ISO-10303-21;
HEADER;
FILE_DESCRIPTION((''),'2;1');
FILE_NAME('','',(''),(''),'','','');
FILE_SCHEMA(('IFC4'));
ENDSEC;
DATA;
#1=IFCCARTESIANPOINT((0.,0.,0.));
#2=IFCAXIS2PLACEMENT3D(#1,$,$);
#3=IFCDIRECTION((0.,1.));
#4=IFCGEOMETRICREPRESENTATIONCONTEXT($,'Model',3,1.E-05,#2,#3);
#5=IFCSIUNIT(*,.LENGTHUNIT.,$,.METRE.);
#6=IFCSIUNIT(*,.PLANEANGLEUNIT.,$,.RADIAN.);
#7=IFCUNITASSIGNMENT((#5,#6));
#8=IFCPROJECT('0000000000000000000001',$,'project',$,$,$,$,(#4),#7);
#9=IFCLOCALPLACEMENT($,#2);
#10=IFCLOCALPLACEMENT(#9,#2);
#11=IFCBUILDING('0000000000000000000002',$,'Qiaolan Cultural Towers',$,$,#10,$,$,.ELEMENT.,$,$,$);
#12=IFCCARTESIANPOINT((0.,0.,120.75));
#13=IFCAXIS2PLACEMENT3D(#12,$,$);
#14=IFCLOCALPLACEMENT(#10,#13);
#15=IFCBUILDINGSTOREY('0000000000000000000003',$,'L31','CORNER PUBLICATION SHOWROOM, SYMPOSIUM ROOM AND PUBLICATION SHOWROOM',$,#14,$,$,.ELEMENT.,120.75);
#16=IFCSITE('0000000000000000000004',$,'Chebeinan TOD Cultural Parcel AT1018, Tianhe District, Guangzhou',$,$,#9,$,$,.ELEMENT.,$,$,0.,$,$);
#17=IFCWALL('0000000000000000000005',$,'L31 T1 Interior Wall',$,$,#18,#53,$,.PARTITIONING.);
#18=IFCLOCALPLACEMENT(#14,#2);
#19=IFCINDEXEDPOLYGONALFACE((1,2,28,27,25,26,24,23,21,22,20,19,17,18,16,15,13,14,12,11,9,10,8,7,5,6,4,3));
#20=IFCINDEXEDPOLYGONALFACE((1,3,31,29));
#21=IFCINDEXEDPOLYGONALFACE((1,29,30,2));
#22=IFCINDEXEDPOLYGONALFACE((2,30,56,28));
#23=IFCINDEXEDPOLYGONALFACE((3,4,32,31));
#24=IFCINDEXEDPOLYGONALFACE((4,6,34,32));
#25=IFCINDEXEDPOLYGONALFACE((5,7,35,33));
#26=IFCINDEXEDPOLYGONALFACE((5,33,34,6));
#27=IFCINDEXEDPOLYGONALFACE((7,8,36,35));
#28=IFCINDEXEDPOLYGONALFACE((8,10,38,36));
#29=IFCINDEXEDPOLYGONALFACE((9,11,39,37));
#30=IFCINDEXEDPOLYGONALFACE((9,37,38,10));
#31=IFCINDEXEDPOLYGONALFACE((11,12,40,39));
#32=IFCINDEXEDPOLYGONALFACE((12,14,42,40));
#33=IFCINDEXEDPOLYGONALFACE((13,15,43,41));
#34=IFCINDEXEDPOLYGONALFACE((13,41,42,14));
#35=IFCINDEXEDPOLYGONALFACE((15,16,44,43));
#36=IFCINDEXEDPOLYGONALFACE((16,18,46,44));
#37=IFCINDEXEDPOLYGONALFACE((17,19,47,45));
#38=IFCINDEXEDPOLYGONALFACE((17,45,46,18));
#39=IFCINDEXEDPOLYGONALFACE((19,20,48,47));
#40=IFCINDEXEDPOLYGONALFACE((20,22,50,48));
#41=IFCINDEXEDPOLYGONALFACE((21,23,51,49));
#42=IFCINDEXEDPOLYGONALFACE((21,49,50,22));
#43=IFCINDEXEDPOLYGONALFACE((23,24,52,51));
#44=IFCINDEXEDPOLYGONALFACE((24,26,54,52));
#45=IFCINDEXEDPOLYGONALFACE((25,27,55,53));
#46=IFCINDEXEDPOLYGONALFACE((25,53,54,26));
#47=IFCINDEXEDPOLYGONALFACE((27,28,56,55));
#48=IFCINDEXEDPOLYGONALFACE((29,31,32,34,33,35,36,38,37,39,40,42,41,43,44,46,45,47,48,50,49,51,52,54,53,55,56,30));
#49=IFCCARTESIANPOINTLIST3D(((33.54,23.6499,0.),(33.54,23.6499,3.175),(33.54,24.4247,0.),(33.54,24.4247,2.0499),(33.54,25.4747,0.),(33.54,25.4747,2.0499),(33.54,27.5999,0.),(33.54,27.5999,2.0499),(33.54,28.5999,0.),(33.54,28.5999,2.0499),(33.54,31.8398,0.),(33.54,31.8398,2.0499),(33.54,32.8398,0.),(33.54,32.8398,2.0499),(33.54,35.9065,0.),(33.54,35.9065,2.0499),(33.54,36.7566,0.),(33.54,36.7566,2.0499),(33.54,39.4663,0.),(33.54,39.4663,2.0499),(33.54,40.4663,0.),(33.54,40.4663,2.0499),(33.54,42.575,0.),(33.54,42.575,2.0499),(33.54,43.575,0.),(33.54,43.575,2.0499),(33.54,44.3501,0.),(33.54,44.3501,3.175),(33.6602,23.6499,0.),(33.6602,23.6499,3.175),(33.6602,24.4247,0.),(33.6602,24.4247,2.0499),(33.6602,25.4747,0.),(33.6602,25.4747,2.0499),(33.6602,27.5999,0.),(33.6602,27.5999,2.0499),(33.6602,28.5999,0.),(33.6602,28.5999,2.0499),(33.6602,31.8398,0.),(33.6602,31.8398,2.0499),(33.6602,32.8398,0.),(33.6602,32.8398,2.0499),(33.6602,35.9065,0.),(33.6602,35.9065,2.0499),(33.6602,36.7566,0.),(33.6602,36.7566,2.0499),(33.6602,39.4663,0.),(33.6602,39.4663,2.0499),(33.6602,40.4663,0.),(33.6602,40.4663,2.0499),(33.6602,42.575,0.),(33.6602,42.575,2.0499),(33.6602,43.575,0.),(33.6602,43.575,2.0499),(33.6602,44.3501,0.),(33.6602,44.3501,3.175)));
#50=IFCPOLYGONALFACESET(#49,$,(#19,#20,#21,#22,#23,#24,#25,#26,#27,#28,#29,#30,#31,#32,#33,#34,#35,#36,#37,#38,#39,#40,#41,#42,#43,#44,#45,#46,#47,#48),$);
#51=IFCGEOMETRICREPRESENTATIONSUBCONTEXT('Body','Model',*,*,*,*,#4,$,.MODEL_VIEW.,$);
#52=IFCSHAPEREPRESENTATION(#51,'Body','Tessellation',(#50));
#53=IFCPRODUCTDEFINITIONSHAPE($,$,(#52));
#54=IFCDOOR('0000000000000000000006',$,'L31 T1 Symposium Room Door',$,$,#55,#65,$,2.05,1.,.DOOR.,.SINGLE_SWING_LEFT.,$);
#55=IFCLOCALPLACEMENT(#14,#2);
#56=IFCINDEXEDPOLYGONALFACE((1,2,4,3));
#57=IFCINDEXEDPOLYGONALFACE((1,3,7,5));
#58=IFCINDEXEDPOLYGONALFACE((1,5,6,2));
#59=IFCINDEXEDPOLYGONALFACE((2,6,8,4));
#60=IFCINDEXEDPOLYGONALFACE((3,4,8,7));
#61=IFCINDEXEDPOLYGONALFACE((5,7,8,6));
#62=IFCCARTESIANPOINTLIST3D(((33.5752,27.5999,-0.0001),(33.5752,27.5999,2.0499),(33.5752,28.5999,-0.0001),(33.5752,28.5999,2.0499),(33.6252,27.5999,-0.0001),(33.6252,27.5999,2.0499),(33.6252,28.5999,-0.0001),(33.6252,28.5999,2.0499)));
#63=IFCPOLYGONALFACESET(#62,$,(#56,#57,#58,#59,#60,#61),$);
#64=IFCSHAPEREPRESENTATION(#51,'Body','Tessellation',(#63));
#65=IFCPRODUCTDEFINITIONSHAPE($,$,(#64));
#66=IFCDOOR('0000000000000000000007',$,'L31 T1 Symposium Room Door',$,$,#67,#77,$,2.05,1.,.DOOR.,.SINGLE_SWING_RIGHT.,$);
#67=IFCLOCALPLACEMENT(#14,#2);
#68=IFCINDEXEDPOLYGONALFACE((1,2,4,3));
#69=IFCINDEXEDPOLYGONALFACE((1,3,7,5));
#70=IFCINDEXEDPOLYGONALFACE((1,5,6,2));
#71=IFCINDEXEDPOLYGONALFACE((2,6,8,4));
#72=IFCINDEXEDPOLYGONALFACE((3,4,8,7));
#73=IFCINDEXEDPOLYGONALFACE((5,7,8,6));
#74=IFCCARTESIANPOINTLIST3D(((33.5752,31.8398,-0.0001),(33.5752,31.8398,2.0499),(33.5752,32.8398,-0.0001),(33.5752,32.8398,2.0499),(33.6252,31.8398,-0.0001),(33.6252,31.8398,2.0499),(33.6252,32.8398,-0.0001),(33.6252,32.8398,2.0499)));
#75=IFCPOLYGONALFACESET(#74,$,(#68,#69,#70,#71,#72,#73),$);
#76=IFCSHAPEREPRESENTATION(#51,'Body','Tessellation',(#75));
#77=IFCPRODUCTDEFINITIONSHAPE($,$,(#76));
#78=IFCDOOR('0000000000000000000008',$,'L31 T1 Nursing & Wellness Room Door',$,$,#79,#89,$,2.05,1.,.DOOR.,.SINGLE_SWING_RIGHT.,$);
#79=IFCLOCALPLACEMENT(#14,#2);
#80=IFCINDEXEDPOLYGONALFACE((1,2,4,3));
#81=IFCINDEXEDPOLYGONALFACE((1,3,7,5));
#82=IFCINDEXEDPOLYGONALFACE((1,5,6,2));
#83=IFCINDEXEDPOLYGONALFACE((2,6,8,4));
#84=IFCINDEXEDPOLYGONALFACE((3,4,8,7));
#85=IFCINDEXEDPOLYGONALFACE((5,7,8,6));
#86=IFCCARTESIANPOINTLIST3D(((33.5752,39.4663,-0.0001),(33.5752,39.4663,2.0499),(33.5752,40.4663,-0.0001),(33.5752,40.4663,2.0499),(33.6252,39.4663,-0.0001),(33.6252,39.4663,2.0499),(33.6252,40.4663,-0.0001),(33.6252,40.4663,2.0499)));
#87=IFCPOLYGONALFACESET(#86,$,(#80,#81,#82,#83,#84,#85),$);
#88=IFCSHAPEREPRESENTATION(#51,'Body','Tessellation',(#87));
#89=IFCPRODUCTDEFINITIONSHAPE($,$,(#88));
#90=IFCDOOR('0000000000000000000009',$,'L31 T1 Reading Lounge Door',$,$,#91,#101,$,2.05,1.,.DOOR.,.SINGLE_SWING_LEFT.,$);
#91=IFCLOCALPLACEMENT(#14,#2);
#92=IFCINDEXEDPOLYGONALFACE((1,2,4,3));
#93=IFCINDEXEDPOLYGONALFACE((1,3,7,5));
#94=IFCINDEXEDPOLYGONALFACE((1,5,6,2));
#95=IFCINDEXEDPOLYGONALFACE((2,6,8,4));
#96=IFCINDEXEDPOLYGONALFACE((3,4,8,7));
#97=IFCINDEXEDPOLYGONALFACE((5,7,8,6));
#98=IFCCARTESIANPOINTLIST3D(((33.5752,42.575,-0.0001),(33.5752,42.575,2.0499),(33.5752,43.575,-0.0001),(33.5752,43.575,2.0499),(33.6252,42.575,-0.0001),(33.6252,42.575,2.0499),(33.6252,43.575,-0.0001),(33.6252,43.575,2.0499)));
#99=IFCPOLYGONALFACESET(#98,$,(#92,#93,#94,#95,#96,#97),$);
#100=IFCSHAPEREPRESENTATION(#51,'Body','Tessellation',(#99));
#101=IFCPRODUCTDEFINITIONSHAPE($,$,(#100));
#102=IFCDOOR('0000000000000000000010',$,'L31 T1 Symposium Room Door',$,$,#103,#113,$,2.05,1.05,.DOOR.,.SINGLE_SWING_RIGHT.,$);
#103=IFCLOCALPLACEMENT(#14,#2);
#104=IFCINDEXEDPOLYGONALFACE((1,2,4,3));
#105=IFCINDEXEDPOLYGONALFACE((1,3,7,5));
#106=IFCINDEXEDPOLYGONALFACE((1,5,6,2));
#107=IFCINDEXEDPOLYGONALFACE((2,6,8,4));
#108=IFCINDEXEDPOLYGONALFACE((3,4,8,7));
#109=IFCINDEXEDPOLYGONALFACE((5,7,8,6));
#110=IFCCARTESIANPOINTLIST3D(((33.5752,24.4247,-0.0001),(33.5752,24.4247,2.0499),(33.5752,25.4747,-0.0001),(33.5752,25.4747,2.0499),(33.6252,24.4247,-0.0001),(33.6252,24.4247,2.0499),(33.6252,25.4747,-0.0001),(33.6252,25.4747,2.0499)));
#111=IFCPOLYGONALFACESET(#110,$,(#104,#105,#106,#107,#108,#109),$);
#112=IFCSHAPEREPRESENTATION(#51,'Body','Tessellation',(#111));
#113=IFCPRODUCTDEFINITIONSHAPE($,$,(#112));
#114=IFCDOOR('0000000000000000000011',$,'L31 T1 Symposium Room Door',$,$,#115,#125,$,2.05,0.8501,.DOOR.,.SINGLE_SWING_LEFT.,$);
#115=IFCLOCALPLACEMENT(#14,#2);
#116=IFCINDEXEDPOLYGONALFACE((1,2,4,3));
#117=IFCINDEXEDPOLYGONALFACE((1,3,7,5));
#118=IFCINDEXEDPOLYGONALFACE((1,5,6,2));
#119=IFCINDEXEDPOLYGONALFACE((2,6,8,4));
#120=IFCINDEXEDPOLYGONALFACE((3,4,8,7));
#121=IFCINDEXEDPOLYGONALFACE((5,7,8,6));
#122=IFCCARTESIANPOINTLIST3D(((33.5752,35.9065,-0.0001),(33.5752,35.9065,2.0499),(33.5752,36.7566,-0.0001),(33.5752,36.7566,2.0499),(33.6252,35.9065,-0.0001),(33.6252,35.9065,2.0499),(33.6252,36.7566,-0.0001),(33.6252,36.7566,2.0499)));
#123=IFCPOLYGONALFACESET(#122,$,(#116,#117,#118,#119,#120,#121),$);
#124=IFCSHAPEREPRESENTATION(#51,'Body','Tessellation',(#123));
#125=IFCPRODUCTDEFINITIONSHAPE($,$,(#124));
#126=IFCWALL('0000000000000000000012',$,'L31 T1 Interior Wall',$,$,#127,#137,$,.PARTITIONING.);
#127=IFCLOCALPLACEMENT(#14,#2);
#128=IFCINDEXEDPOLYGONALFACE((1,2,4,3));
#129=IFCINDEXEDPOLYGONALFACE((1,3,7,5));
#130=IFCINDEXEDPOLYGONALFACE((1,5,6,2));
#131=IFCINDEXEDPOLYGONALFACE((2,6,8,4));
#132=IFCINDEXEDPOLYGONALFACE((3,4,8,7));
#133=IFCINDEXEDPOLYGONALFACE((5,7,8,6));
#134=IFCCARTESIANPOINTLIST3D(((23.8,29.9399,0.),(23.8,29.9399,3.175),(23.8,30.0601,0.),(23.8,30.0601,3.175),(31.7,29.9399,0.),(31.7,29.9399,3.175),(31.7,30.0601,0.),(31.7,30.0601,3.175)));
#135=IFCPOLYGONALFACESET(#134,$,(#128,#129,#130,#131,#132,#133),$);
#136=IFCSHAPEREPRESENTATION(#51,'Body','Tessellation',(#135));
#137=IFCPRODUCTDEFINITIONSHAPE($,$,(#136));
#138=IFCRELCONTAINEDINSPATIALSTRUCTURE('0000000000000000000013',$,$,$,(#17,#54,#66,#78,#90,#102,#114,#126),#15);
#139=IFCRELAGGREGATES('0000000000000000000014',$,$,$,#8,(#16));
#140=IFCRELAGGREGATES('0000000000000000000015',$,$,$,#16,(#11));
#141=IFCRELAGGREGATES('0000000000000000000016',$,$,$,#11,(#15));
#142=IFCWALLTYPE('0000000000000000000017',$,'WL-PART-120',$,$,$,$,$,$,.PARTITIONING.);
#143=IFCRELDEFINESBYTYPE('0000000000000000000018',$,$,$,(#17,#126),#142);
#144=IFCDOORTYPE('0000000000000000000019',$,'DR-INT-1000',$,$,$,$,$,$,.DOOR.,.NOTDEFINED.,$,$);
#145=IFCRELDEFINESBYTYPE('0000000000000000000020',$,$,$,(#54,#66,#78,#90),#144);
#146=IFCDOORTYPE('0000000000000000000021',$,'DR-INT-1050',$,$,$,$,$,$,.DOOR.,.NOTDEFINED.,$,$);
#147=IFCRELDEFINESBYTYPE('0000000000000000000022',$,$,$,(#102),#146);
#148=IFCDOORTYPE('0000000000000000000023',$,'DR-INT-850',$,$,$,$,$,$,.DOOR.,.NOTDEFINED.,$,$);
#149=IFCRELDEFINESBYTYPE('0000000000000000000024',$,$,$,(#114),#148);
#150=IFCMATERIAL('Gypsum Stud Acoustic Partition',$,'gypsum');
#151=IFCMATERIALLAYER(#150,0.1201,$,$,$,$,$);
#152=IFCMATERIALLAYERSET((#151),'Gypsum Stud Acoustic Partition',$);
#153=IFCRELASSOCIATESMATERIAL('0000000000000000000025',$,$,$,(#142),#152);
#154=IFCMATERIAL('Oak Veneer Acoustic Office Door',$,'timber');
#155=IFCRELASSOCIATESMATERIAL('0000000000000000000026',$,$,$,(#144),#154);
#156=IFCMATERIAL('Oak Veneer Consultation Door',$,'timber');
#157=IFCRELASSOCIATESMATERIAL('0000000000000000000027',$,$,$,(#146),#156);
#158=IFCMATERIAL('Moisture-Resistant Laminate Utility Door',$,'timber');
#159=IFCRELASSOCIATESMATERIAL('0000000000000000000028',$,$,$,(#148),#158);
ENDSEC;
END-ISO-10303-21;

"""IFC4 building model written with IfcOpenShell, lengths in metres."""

from ifc_helpers import new_model, si_unit, direction, frame, frame_2d, origin, place, context, subcontext, project, spatial, rectangle, extrude, material, layer, layer_set, type_object, element, fill, save


model = new_model("IFC4")

# Units and contexts
model_context = context("Model", 3, precision=1e-05, world=origin(), true_north=direction((0.0, 1.0)))
body_context = subcontext(model_context, "Body", "Model", "MODEL_VIEW")
ifc_project = project(units=[si_unit("LENGTHUNIT", "METRE"), si_unit("PLANEANGLEUNIT", "RADIAN")], contexts=[model_context])

# Site, building, storey
site_placement = place(None, origin())
site = spatial("IfcSite", under=ifc_project, at=site_placement, Name="Chebeinan TOD Cultural Parcel AT1018, Tianhe District, Guangzhou", CompositionType="ELEMENT", RefElevation=0.0)
building_placement = place(site_placement, origin())
building = spatial("IfcBuilding", under=site, at=building_placement, Name="Qiaolan Cultural Towers", CompositionType="ELEMENT")
storey_placement = place(building_placement, frame((0.0, 0.0, 120.75)))
storey = spatial("IfcBuildingStorey", under=building, at=storey_placement, Name="L31", Description="CORNER PUBLICATION SHOWROOM, SYMPOSIUM ROOM AND PUBLICATION SHOWROOM", CompositionType="ELEMENT", Elevation=120.75)

# Shared definitions
ifc_material_1 = material(Name="Gypsum Stud Acoustic Partition", Category="gypsum")
ifc_layer_1 = layer(ifc_material_1, 0.1201)
ifc_layer_set_1 = layer_set([ifc_layer_1], Name="Gypsum Stud Acoustic Partition")
wall_type_1 = type_object("IfcWallType", Name="WL-PART-120", PredefinedType="PARTITIONING", material=ifc_layer_set_1)

# Wall, openings, doors
wall_1_placement = place(storey_placement, frame((33.6001, 23.6499, 0.0), z_axis=(0.0, 0.0, 1.0), x_axis=(0.0, 1.0, 0.0)))
wall_1 = element("IfcWall", 1, at=wall_1_placement, inside=storey, type_object=wall_type_1, Name="L31 T1 Interior Wall", PredefinedType="PARTITIONING", context=body_context, shape_type="SweptSolid", body=[
    extrude(rectangle(XDim=20.7002, YDim=0.1201, at=frame_2d((10.3501, 0.0))), origin(), (0.0, 0.0, 1.0), 3.175),
])
opening_1_placement = place(wall_1_placement, frame((0.7749, 0.0, 0.0)))
opening_1 = element("IfcOpeningElement", 2, at=opening_1_placement, cuts=wall_1, PredefinedType="OPENING", context=body_context, shape_type="SweptSolid", body=[
    extrude(rectangle(XDim=1.05, YDim=2.05, at=frame_2d((0.5249, 1.0249))), frame((0.0, 0.0701, 0.0), z_axis=(0.0, -1.0, 0.0), x_axis=(1.0, 0.0, 0.0)), (0.0, 0.0, 1.0), 0.1401),
])
opening_2_placement = place(wall_1_placement, frame((3.95, 0.0, 0.0)))
opening_2 = element("IfcOpeningElement", 3, at=opening_2_placement, cuts=wall_1, PredefinedType="OPENING", context=body_context, shape_type="SweptSolid", body=[
    extrude(rectangle(XDim=1.0, YDim=2.05, at=frame_2d((0.5, 1.0249))), frame((0.0, 0.0701, 0.0), z_axis=(0.0, -1.0, 0.0), x_axis=(1.0, 0.0, 0.0)), (0.0, 0.0, 1.0), 0.1401),
])
opening_3_placement = place(wall_1_placement, frame((8.1899, 0.0, 0.0)))
opening_3 = element("IfcOpeningElement", 4, at=opening_3_placement, cuts=wall_1, PredefinedType="OPENING", context=body_context, shape_type="SweptSolid", body=[
    extrude(rectangle(XDim=1.0, YDim=2.05, at=frame_2d((0.5, 1.0249))), frame((0.0, 0.0701, 0.0), z_axis=(0.0, -1.0, 0.0), x_axis=(1.0, 0.0, 0.0)), (0.0, 0.0, 1.0), 0.1401),
])
opening_4_placement = place(wall_1_placement, frame((12.2566, 0.0, 0.0)))
opening_4 = element("IfcOpeningElement", 5, at=opening_4_placement, cuts=wall_1, PredefinedType="OPENING", context=body_context, shape_type="SweptSolid", body=[
    extrude(rectangle(XDim=0.8501, YDim=2.05, at=frame_2d((0.425, 1.0249))), frame((0.0, 0.0701, 0.0), z_axis=(0.0, -1.0, 0.0), x_axis=(1.0, 0.0, 0.0)), (0.0, 0.0, 1.0), 0.1401),
])
opening_5_placement = place(wall_1_placement, frame((15.8164, 0.0, 0.0)))
opening_5 = element("IfcOpeningElement", 6, at=opening_5_placement, cuts=wall_1, PredefinedType="OPENING", context=body_context, shape_type="SweptSolid", body=[
    extrude(rectangle(XDim=1.0, YDim=2.05, at=frame_2d((0.5, 1.0249))), frame((0.0, 0.0701, 0.0), z_axis=(0.0, -1.0, 0.0), x_axis=(1.0, 0.0, 0.0)), (0.0, 0.0, 1.0), 0.1401),
])
opening_6_placement = place(wall_1_placement, frame((18.925, 0.0, 0.0)))
opening_6 = element("IfcOpeningElement", 7, at=opening_6_placement, cuts=wall_1, PredefinedType="OPENING", context=body_context, shape_type="SweptSolid", body=[
    extrude(rectangle(XDim=1.0, YDim=2.05, at=frame_2d((0.5, 1.0249))), frame((0.0, 0.0701, 0.0), z_axis=(0.0, -1.0, 0.0), x_axis=(1.0, 0.0, 0.0)), (0.0, 0.0, 1.0), 0.1401),
])
ifc_material_2 = material(Name="Oak Veneer Acoustic Office Door", Category="timber")
door_type_1 = type_object("IfcDoorType", Name="DR-INT-1000", OperationType="NOTDEFINED", PredefinedType="DOOR", material=ifc_material_2)
door_1_placement = place(opening_2_placement, origin())
door_1 = element("IfcDoor", 8, at=door_1_placement, inside=storey, type_object=door_type_1, Name="L31 T1 Symposium Room Door", OperationType="SINGLE_SWING_LEFT", OverallHeight=2.05, OverallWidth=1.0, PredefinedType="DOOR", context=body_context, shape_type="SweptSolid", body=[
    extrude(rectangle(XDim=1.0, YDim=2.05, at=frame_2d((0.5, 1.0249))), frame((0.0, 0.0249, 0.0), z_axis=(0.0, -1.0, 0.0), x_axis=(1.0, 0.0, 0.0)), (0.0, 0.0, 1.0), 0.05),
])
fill(opening_2, door_1)
door_2_placement = place(opening_3_placement, origin())
door_2 = element("IfcDoor", 9, at=door_2_placement, inside=storey, type_object=door_type_1, Name="L31 T1 Symposium Room Door", OperationType="SINGLE_SWING_RIGHT", OverallHeight=2.05, OverallWidth=1.0, PredefinedType="DOOR", context=body_context, shape_type="SweptSolid", body=[
    extrude(rectangle(XDim=1.0, YDim=2.05, at=frame_2d((0.5, 1.0249))), frame((0.0, 0.0249, 0.0), z_axis=(0.0, -1.0, 0.0), x_axis=(1.0, 0.0, 0.0)), (0.0, 0.0, 1.0), 0.05),
])
fill(opening_3, door_2)
door_3_placement = place(opening_5_placement, origin())
door_3 = element("IfcDoor", 10, at=door_3_placement, inside=storey, type_object=door_type_1, Name="L31 T1 Nursing & Wellness Room Door", OperationType="SINGLE_SWING_RIGHT", OverallHeight=2.05, OverallWidth=1.0, PredefinedType="DOOR", context=body_context, shape_type="SweptSolid", body=[
    extrude(rectangle(XDim=1.0, YDim=2.05, at=frame_2d((0.5, 1.0249))), frame((0.0, 0.0249, 0.0), z_axis=(0.0, -1.0, 0.0), x_axis=(1.0, 0.0, 0.0)), (0.0, 0.0, 1.0), 0.05),
])
fill(opening_5, door_3)
door_4_placement = place(opening_6_placement, origin())
door_4 = element("IfcDoor", 11, at=door_4_placement, inside=storey, type_object=door_type_1, Name="L31 T1 Reading Lounge Door", OperationType="SINGLE_SWING_LEFT", OverallHeight=2.05, OverallWidth=1.0, PredefinedType="DOOR", context=body_context, shape_type="SweptSolid", body=[
    extrude(rectangle(XDim=1.0, YDim=2.05, at=frame_2d((0.5, 1.0249))), frame((0.0, 0.0249, 0.0), z_axis=(0.0, -1.0, 0.0), x_axis=(1.0, 0.0, 0.0)), (0.0, 0.0, 1.0), 0.05),
])
fill(opening_6, door_4)
ifc_material_3 = material(Name="Oak Veneer Consultation Door", Category="timber")
door_type_2 = type_object("IfcDoorType", Name="DR-INT-1050", OperationType="NOTDEFINED", PredefinedType="DOOR", material=ifc_material_3)
door_5_placement = place(opening_1_placement, origin())
door_5 = element("IfcDoor", 12, at=door_5_placement, inside=storey, type_object=door_type_2, Name="L31 T1 Symposium Room Door", OperationType="SINGLE_SWING_RIGHT", OverallHeight=2.05, OverallWidth=1.05, PredefinedType="DOOR", context=body_context, shape_type="SweptSolid", body=[
    extrude(rectangle(XDim=1.05, YDim=2.05, at=frame_2d((0.5249, 1.0249))), frame((0.0, 0.0249, 0.0), z_axis=(0.0, -1.0, 0.0), x_axis=(1.0, 0.0, 0.0)), (0.0, 0.0, 1.0), 0.05),
])
fill(opening_1, door_5)
ifc_material_4 = material(Name="Moisture-Resistant Laminate Utility Door", Category="timber")
door_type_3 = type_object("IfcDoorType", Name="DR-INT-850", OperationType="NOTDEFINED", PredefinedType="DOOR", material=ifc_material_4)
door_6_placement = place(opening_4_placement, origin())
door_6 = element("IfcDoor", 13, at=door_6_placement, inside=storey, type_object=door_type_3, Name="L31 T1 Symposium Room Door", OperationType="SINGLE_SWING_LEFT", OverallHeight=2.05, OverallWidth=0.8501, PredefinedType="DOOR", context=body_context, shape_type="SweptSolid", body=[
    extrude(rectangle(XDim=0.8501, YDim=2.05, at=frame_2d((0.425, 1.0249))), frame((0.0, 0.0249, 0.0), z_axis=(0.0, -1.0, 0.0), x_axis=(1.0, 0.0, 0.0)), (0.0, 0.0, 1.0), 0.05),
])
fill(opening_4, door_6)

# Wall
wall_2_placement = place(storey_placement, frame((23.8, 30.0, 0.0), z_axis=(0.0, 0.0, 1.0), x_axis=(1.0, 0.0, 0.0)))
element("IfcWall", 14, at=wall_2_placement, inside=storey, type_object=wall_type_1, Name="L31 T1 Interior Wall", PredefinedType="PARTITIONING", context=body_context, shape_type="SweptSolid", body=[
    extrude(rectangle(XDim=7.8999, YDim=0.1201, at=frame_2d((3.95, 0.0))), origin(), (0.0, 0.0, 1.0), 3.175),
])

save(model, "model.ifc")
